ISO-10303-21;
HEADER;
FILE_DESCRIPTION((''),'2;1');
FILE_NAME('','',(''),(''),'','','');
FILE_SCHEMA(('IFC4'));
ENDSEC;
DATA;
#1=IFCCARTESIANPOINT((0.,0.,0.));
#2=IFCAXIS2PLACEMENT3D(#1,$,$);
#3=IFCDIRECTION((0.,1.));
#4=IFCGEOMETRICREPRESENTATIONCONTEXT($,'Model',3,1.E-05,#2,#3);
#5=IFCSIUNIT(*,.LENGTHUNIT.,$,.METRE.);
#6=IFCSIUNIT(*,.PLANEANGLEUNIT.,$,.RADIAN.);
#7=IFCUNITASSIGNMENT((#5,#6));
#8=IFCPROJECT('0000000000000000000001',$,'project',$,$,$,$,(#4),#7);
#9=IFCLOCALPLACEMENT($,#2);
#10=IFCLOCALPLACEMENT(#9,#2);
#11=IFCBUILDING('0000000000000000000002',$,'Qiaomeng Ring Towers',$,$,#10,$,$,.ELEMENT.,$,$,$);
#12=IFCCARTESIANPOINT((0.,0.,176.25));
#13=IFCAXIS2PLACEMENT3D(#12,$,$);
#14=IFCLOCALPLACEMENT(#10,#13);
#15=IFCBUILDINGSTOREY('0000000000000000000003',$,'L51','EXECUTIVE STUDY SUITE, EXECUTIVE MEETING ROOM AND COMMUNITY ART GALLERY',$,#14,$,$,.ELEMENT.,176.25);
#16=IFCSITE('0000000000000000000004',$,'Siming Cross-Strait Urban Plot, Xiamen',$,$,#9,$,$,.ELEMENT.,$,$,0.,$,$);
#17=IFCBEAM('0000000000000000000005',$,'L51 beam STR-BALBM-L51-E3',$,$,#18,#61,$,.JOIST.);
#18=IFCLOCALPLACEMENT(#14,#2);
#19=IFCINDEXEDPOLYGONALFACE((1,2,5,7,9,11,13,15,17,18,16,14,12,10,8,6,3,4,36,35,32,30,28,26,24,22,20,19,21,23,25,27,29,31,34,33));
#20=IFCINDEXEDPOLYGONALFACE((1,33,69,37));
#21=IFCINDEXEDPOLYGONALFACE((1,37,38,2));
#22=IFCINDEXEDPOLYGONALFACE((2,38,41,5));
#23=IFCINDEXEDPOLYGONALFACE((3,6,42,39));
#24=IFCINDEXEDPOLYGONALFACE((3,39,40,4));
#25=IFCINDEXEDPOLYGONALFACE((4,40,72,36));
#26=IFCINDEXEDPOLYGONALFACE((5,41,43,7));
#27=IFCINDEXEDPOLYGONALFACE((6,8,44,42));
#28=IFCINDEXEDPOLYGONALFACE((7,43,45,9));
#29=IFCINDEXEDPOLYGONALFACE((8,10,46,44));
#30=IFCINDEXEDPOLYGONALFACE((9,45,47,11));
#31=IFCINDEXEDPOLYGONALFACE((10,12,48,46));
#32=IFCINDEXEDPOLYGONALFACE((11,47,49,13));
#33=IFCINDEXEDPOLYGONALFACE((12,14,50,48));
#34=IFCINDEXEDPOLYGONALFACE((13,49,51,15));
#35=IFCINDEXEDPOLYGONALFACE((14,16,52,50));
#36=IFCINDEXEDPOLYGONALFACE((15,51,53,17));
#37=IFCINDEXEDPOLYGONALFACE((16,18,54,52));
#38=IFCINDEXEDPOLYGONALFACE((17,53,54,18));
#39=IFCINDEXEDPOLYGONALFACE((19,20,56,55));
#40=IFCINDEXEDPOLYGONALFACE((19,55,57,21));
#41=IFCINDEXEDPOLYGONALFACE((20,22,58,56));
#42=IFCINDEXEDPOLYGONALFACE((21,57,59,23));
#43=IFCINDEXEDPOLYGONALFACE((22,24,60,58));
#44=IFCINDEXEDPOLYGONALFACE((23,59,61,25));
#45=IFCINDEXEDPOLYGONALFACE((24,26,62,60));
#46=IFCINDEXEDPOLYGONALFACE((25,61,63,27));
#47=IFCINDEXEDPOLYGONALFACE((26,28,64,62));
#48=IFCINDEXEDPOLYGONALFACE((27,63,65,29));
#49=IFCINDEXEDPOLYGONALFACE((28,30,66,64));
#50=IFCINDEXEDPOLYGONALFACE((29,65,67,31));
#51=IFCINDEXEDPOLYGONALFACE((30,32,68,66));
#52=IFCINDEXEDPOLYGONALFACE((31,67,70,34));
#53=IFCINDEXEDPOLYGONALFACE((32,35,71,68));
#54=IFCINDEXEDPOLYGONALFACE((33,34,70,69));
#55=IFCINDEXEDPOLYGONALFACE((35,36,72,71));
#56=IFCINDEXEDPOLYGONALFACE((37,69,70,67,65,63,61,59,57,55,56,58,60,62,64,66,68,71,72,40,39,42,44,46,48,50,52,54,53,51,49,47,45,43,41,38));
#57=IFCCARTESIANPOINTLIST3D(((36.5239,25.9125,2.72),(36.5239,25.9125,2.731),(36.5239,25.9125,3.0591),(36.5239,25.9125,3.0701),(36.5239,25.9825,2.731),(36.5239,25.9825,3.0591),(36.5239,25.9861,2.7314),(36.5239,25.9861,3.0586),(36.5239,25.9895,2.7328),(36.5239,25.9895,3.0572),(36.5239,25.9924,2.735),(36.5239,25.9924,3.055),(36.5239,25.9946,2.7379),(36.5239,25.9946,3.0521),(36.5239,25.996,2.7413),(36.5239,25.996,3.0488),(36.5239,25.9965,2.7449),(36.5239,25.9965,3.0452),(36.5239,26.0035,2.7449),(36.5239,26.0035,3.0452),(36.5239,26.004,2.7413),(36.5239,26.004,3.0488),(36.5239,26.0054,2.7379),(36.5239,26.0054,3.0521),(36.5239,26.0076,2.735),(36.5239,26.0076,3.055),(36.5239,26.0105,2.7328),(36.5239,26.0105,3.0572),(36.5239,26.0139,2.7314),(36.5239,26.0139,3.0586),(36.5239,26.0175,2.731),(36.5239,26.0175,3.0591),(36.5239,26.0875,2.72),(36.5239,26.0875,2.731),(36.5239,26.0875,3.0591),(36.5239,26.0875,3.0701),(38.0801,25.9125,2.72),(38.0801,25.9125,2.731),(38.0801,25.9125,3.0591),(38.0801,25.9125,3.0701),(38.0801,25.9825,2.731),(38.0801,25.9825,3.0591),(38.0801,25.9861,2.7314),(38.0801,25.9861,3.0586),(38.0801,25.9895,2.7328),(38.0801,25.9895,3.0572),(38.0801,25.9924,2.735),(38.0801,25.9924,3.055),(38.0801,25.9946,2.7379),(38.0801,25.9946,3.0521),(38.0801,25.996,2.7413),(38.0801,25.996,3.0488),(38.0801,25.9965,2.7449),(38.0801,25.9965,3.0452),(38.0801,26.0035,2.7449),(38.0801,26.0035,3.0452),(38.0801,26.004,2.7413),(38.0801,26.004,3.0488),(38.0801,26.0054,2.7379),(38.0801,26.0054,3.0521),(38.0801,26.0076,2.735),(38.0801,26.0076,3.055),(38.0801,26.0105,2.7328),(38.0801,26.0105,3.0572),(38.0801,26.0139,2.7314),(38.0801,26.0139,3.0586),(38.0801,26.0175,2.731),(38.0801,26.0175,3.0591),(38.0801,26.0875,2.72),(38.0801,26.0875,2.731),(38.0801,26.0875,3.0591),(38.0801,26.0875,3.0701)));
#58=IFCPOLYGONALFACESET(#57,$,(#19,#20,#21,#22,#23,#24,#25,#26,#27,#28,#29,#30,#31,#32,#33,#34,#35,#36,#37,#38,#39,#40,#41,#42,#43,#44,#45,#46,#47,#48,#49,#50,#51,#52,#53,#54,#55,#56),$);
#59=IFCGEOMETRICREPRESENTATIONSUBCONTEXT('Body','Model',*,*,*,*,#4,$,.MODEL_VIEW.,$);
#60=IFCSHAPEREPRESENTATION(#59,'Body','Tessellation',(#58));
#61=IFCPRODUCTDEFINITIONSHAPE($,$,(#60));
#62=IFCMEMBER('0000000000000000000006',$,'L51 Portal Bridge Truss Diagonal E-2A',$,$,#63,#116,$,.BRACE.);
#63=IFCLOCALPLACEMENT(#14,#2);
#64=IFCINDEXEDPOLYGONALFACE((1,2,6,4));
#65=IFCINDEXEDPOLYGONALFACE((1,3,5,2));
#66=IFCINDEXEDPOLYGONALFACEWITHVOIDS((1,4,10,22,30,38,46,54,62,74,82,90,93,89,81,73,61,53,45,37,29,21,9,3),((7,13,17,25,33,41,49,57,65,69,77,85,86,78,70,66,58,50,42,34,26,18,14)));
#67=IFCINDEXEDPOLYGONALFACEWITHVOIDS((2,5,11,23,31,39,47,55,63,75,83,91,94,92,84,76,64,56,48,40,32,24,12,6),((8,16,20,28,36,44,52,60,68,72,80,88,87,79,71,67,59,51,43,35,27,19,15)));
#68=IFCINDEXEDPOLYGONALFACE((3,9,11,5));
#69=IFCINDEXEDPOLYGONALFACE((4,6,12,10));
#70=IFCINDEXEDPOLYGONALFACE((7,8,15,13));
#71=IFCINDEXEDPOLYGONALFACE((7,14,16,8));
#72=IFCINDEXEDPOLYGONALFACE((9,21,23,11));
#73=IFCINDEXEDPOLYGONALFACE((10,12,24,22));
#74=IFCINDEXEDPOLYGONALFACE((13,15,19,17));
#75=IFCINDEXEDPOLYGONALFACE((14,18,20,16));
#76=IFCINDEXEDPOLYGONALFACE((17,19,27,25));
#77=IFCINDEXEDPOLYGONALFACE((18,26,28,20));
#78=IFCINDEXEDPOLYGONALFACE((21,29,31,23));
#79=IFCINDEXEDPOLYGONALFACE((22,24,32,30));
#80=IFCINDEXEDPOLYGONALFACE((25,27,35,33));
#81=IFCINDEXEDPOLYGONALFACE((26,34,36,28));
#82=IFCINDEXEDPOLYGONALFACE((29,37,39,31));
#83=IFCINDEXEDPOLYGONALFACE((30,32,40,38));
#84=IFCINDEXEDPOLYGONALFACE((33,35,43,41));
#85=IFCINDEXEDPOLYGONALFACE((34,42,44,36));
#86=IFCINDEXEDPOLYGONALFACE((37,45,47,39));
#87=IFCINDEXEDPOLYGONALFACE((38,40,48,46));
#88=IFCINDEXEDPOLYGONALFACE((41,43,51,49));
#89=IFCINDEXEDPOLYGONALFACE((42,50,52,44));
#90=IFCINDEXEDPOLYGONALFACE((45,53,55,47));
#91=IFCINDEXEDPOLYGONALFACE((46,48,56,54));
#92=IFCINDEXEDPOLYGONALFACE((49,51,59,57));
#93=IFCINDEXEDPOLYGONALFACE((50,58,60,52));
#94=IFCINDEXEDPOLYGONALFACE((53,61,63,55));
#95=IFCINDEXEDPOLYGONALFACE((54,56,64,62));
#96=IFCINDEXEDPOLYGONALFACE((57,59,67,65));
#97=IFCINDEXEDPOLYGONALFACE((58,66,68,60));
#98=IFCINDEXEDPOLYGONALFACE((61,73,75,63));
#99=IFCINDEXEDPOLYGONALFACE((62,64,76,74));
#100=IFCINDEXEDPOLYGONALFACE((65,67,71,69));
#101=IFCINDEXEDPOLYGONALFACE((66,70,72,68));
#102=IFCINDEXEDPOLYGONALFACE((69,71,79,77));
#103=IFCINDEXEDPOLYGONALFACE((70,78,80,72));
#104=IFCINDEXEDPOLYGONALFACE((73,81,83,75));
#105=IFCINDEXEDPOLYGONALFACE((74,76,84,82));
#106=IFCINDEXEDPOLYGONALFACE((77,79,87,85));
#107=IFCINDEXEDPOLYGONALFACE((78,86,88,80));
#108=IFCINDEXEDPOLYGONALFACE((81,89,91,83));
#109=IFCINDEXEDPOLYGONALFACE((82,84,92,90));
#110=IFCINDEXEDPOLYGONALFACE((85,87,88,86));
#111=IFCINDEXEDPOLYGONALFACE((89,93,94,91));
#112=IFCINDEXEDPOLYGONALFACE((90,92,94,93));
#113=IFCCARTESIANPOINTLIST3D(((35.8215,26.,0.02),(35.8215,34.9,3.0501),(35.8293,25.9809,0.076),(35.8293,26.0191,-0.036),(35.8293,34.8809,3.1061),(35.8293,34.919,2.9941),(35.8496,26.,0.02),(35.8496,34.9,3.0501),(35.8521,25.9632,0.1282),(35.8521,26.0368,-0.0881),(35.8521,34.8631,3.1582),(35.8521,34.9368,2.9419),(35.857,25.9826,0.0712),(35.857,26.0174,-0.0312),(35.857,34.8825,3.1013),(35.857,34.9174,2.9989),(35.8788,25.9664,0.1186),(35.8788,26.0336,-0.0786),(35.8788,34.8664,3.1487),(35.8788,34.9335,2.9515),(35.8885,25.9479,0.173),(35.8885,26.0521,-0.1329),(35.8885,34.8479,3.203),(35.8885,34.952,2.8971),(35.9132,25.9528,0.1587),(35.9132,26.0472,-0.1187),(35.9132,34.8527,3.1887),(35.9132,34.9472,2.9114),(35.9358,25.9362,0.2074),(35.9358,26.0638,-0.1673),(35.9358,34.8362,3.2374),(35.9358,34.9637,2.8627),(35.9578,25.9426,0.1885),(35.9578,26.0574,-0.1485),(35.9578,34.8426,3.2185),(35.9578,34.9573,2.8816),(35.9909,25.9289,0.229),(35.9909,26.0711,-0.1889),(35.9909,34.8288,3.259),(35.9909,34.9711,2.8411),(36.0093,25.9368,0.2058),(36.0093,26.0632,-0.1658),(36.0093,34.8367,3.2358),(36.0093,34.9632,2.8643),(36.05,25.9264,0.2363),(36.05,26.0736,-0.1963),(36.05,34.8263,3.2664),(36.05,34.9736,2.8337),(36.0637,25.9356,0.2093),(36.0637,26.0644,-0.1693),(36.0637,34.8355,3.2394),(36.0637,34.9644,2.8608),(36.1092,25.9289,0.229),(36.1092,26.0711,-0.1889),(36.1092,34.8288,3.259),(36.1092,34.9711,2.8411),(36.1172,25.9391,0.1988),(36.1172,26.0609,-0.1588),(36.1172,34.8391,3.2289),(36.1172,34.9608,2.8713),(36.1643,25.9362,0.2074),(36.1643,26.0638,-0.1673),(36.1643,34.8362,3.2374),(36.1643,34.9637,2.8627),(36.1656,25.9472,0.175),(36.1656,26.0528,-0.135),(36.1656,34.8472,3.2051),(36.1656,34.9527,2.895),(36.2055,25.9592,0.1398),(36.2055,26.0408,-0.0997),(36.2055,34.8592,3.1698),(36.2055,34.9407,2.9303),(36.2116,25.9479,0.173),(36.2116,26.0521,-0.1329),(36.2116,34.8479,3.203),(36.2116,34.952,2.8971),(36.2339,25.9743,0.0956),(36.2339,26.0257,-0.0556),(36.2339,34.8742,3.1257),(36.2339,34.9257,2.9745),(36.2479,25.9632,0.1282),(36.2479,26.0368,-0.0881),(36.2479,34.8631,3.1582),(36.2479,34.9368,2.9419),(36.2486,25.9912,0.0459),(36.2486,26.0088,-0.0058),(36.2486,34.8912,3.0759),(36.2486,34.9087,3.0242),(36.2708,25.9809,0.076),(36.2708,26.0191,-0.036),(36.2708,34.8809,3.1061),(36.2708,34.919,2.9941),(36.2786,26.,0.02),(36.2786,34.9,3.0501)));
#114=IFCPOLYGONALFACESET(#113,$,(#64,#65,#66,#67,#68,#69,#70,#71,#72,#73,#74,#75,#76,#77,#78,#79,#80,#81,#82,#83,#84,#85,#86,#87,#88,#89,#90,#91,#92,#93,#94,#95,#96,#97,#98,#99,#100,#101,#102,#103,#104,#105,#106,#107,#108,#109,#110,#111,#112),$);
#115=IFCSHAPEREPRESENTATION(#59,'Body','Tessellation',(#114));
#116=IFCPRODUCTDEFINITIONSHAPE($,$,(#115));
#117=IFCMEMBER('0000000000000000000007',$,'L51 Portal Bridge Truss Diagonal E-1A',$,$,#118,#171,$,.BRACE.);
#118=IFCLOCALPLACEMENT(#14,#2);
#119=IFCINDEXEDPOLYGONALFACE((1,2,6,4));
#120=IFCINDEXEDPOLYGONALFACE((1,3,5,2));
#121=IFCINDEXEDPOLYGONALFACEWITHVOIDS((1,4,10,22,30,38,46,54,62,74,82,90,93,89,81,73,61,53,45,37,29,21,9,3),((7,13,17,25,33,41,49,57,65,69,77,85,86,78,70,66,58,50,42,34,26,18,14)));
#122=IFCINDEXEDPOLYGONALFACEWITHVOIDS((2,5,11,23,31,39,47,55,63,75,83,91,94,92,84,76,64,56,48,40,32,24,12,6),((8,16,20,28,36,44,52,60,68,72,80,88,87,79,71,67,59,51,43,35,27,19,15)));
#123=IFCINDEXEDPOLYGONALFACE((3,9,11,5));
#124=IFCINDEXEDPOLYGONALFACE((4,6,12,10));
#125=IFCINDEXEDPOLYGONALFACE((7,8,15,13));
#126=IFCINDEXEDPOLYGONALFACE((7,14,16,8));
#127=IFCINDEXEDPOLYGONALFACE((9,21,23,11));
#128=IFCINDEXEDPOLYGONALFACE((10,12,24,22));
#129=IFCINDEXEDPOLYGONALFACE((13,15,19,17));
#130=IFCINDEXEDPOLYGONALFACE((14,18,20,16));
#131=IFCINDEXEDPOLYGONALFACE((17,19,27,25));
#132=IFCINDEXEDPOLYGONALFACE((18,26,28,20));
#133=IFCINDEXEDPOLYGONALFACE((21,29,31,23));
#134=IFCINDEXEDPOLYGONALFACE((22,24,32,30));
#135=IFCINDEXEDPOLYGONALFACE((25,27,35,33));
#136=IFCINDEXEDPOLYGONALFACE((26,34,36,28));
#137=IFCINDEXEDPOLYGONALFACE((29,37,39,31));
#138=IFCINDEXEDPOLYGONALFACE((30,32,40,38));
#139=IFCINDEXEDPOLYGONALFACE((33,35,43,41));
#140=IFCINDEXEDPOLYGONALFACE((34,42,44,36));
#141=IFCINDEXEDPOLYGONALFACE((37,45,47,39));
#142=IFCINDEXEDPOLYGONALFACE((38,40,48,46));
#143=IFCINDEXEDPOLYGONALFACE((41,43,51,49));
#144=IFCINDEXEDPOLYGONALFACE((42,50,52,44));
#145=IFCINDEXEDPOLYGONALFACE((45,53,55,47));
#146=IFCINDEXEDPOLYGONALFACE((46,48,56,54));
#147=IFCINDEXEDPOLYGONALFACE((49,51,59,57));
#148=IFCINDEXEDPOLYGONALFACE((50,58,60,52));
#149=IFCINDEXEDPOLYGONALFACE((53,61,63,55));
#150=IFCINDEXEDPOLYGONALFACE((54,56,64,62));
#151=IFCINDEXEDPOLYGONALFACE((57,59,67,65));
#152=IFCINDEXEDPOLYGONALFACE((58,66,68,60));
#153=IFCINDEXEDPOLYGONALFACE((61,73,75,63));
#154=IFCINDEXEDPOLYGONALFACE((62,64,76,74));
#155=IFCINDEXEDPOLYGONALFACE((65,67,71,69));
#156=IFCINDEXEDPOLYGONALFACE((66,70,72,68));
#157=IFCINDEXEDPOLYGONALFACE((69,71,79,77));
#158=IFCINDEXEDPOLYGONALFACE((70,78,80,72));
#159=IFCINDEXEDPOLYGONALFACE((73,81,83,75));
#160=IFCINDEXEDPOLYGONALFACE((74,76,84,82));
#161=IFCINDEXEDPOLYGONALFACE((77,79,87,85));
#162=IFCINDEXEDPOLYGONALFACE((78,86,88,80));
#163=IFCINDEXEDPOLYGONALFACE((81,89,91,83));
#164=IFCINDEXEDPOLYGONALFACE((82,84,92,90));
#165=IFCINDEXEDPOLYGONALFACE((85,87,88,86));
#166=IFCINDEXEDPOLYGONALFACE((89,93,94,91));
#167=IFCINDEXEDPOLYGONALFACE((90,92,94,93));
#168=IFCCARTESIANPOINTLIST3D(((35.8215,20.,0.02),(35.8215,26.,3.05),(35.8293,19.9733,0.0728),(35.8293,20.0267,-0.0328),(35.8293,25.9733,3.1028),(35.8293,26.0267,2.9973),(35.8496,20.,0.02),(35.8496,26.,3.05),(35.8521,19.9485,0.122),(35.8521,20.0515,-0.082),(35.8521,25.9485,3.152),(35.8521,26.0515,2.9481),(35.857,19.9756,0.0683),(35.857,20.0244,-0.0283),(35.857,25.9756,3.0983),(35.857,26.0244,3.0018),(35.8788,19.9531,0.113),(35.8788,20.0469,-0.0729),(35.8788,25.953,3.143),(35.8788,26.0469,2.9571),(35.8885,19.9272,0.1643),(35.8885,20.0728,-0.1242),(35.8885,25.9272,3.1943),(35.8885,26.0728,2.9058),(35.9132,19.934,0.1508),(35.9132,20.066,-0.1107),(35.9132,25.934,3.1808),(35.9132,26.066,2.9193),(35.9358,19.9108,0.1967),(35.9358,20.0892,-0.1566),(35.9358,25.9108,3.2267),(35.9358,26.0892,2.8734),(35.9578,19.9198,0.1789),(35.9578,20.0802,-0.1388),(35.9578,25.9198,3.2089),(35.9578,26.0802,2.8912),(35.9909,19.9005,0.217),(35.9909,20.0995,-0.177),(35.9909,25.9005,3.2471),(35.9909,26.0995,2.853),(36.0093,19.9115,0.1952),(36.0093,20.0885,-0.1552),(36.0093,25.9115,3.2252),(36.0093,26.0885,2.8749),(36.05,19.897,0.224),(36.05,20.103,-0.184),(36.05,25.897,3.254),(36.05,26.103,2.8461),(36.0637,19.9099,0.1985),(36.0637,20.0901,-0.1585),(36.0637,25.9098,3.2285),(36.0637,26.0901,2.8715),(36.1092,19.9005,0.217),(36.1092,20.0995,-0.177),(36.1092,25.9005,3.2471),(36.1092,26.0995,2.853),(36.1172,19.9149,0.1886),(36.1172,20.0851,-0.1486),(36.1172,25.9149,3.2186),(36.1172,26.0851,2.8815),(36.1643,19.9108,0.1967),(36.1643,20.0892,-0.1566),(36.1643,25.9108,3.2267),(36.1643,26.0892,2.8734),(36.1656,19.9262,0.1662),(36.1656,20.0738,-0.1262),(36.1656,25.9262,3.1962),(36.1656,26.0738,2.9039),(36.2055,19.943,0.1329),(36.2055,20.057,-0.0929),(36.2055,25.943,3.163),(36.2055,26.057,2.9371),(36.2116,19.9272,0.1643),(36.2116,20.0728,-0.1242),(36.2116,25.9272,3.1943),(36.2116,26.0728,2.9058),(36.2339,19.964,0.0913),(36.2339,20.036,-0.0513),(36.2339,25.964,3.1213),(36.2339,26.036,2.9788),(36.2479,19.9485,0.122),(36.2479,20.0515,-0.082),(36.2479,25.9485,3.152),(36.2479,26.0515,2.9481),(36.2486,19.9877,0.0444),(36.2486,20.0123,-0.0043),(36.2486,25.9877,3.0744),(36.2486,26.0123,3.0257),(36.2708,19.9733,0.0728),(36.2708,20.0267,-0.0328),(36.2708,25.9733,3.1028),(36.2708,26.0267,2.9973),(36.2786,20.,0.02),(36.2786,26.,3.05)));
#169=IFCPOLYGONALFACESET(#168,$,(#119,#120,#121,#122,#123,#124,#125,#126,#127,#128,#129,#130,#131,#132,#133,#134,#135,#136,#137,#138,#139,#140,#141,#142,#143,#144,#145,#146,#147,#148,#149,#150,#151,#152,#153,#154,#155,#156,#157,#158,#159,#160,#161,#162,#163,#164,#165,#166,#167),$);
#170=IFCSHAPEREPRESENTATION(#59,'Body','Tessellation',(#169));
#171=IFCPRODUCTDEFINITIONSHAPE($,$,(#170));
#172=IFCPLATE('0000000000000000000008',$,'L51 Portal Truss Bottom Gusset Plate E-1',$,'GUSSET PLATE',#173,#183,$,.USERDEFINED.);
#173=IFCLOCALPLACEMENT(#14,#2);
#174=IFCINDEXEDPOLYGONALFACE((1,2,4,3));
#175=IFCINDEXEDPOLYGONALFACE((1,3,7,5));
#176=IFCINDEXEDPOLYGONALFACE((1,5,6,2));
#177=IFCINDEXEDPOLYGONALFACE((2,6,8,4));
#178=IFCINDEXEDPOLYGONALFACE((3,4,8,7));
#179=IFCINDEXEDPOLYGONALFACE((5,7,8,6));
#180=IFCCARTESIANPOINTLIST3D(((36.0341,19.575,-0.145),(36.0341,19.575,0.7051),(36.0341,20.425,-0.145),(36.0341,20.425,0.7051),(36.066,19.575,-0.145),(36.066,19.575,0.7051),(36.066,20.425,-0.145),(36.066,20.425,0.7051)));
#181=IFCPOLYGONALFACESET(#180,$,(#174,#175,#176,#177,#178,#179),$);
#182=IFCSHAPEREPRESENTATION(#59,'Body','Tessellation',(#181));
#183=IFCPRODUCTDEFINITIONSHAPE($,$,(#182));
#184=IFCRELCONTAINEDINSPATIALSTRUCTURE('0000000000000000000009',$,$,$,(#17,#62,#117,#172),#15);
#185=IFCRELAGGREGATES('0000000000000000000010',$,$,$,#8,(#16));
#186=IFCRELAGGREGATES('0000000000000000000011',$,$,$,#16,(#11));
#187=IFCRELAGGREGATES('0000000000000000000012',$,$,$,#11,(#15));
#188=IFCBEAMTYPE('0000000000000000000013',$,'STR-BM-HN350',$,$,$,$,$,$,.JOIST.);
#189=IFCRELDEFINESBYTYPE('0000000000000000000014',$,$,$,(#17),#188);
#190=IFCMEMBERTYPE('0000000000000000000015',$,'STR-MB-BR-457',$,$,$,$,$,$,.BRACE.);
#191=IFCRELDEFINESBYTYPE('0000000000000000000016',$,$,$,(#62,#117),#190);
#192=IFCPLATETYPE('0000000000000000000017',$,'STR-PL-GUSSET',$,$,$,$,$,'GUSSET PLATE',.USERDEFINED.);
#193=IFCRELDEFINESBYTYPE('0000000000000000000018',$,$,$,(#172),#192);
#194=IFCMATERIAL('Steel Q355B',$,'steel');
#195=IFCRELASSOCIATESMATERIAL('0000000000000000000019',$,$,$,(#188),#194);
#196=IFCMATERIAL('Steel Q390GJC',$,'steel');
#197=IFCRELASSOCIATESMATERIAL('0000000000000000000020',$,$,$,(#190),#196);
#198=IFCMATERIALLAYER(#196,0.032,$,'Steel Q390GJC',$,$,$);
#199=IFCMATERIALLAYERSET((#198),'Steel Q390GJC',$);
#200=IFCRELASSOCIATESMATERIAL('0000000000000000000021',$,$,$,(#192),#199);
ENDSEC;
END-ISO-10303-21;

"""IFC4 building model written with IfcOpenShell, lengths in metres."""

from ifc_helpers import new_model, si_unit, direction, frame, origin, origin_2d, place, context, subcontext, project, spatial, rectangle, hollow_circle, i_section, extrude, source, transform, mapped, material, layer, layer_set, material_profile, profile_set, type_object, element, save


model = new_model("IFC4")

# Units and contexts
model_context = context("Model", 3, precision=1e-05, world=origin(), true_north=direction((0.0, 1.0)))
body_context = subcontext(model_context, "Body", "Model", "MODEL_VIEW")
ifc_project = project(units=[si_unit("LENGTHUNIT", "METRE"), si_unit("PLANEANGLEUNIT", "RADIAN")], contexts=[model_context])

# Site, building, storey
site_placement = place(None, origin())
site = spatial("IfcSite", under=ifc_project, at=site_placement, Name="Siming Cross-Strait Urban Plot, Xiamen", CompositionType="ELEMENT", RefElevation=0.0)
building_placement = place(site_placement, origin())
building = spatial("IfcBuilding", under=site, at=building_placement, Name="Qiaomeng Ring Towers", CompositionType="ELEMENT")
storey_placement = place(building_placement, frame((0.0, 0.0, 176.25)))
storey = spatial("IfcBuildingStorey", under=building, at=storey_placement, Name="L51", Description="EXECUTIVE STUDY SUITE, EXECUTIVE MEETING ROOM AND COMMUNITY ART GALLERY", CompositionType="ELEMENT", Elevation=176.25)

# Beam
ifc_material_1 = material(Name="Steel Q355B", Category="steel")
ifc_material_profile_1 = material_profile(ifc_material_1, i_section(OverallWidth=0.175, OverallDepth=0.3501, WebThickness=0.0071, FlangeThickness=0.011, FilletRadius=0.0139, at=origin_2d()), Name="HN 350x175x7x11")
ifc_profile_set_1 = profile_set([ifc_material_profile_1], Name="Steel Q355B")
beam_type_1 = type_object("IfcBeamType", Name="STR-BM-HN350", PredefinedType="JOIST", material=ifc_profile_set_1)
shared_shape_1 = source(origin(), body_context, "Body", "SweptSolid", [
    extrude(i_section(OverallWidth=0.175, OverallDepth=0.3501, WebThickness=0.0071, FlangeThickness=0.011, FilletRadius=0.0139, at=origin_2d()), origin(), (0.0, 0.0, 1.0), 1.5562),
])
beam_1_placement = place(storey_placement, frame((36.5239, 26.0, 2.895), z_axis=(1.0, 0.0, 0.0), x_axis=(0.0, 1.0, 0.0)))
element("IfcBeam", 1, at=beam_1_placement, inside=storey, type_object=beam_type_1, Name="L51 beam STR-BALBM-L51-E3", PredefinedType="JOIST", context=body_context, shape_type="MappedRepresentation", body=[
    mapped(shared_shape_1, transform((0.0, 0.0, 0.0), x_axis=(1.0, 0.0, 0.0), y_axis=(0.0, 1.0, 0.0), z_axis=(0.0, 0.0, 1.0), scale=1.0)),
])

# Members
ifc_material_2 = material(Name="Steel Q390GJC", Category="steel")
ifc_material_profile_2 = material_profile(ifc_material_2, hollow_circle(Radius=0.2285, WallThickness=0.0281, at=origin_2d()), Name="CHS 457x28")
ifc_profile_set_2 = profile_set([ifc_material_profile_2], Name="Steel Q390GJC")
member_type = type_object("IfcMemberType", Name="STR-MB-BR-457", PredefinedType="BRACE", material=ifc_profile_set_2)
shared_shape_2 = source(origin(), body_context, "Body", "SweptSolid", [
    extrude(hollow_circle(Radius=0.2285, WallThickness=0.0281, at=origin_2d()), origin(), (0.0, 0.0, 1.0), 9.4016),
])
member_1_placement = place(storey_placement, frame((36.05, 26.0, 0.02), z_axis=(0.0, 0.946641, 0.32229), x_axis=(-1.0, 0.0, 0.0)))
element("IfcMember", 2, at=member_1_placement, inside=storey, type_object=member_type, Name="L51 Portal Bridge Truss Diagonal E-2A", PredefinedType="BRACE", context=body_context, shape_type="MappedRepresentation", body=[
    mapped(shared_shape_2, transform((0.0, 0.0, 0.0), x_axis=(1.0, 0.0, 0.0), y_axis=(0.0, 1.0, 0.0), z_axis=(0.0, 0.0, 1.0), scale=1.0)),
])
shared_shape_3 = source(origin(), body_context, "Body", "SweptSolid", [
    extrude(hollow_circle(Radius=0.2285, WallThickness=0.0281, at=origin_2d()), origin(), (0.0, 0.0, 1.0), 6.7217),
])
member_2_placement = place(storey_placement, frame((36.05, 20.0, 0.02), z_axis=(0.0, 0.892633, 0.450784), x_axis=(-1.0, 0.0, 0.0)))
element("IfcMember", 3, at=member_2_placement, inside=storey, type_object=member_type, Name="L51 Portal Bridge Truss Diagonal E-1A", PredefinedType="BRACE", context=body_context, shape_type="MappedRepresentation", body=[
    mapped(shared_shape_3, transform((0.0, 0.0, 0.0), x_axis=(1.0, 0.0, 0.0), y_axis=(0.0, 1.0, 0.0), z_axis=(0.0, 0.0, 1.0), scale=1.0)),
])

# Plate
ifc_layer_1 = layer(ifc_material_2, 0.032, Name="Steel Q390GJC")
ifc_layer_set_1 = layer_set([ifc_layer_1], Name="Steel Q390GJC")
plate_type = type_object("IfcPlateType", Name="STR-PL-GUSSET", ElementType="GUSSET PLATE", PredefinedType="USERDEFINED", material=ifc_layer_set_1)
shared_shape_4 = source(origin(), body_context, "Body", "SweptSolid", [
    extrude(rectangle(XDim=0.032, YDim=0.8501, at=origin_2d()), origin(), (0.0, 0.0, 1.0), 0.8501),
])
for number, where, z_axis, x_axis, name in (
    (4, (36.05, 20.0, -0.145), (0.0, 0.0, 1.0), (1.0, 0.0, 0.0), "L51 Portal Truss Bottom Gusset Plate E-1"),
):
    element("IfcPlate", number, at=place(storey_placement, frame(where, z_axis=z_axis, x_axis=x_axis)), inside=storey, type_object=plate_type, Name=name, ObjectType="GUSSET PLATE", PredefinedType="USERDEFINED", context=body_context, shape_type="MappedRepresentation", body=[
        mapped(shared_shape_4, transform((0.0, 0.0, 0.0), x_axis=(1.0, 0.0, 0.0), y_axis=(0.0, 1.0, 0.0), z_axis=(0.0, 0.0, 1.0), scale=1.0)),
    ])

save(model, "model.ifc")
